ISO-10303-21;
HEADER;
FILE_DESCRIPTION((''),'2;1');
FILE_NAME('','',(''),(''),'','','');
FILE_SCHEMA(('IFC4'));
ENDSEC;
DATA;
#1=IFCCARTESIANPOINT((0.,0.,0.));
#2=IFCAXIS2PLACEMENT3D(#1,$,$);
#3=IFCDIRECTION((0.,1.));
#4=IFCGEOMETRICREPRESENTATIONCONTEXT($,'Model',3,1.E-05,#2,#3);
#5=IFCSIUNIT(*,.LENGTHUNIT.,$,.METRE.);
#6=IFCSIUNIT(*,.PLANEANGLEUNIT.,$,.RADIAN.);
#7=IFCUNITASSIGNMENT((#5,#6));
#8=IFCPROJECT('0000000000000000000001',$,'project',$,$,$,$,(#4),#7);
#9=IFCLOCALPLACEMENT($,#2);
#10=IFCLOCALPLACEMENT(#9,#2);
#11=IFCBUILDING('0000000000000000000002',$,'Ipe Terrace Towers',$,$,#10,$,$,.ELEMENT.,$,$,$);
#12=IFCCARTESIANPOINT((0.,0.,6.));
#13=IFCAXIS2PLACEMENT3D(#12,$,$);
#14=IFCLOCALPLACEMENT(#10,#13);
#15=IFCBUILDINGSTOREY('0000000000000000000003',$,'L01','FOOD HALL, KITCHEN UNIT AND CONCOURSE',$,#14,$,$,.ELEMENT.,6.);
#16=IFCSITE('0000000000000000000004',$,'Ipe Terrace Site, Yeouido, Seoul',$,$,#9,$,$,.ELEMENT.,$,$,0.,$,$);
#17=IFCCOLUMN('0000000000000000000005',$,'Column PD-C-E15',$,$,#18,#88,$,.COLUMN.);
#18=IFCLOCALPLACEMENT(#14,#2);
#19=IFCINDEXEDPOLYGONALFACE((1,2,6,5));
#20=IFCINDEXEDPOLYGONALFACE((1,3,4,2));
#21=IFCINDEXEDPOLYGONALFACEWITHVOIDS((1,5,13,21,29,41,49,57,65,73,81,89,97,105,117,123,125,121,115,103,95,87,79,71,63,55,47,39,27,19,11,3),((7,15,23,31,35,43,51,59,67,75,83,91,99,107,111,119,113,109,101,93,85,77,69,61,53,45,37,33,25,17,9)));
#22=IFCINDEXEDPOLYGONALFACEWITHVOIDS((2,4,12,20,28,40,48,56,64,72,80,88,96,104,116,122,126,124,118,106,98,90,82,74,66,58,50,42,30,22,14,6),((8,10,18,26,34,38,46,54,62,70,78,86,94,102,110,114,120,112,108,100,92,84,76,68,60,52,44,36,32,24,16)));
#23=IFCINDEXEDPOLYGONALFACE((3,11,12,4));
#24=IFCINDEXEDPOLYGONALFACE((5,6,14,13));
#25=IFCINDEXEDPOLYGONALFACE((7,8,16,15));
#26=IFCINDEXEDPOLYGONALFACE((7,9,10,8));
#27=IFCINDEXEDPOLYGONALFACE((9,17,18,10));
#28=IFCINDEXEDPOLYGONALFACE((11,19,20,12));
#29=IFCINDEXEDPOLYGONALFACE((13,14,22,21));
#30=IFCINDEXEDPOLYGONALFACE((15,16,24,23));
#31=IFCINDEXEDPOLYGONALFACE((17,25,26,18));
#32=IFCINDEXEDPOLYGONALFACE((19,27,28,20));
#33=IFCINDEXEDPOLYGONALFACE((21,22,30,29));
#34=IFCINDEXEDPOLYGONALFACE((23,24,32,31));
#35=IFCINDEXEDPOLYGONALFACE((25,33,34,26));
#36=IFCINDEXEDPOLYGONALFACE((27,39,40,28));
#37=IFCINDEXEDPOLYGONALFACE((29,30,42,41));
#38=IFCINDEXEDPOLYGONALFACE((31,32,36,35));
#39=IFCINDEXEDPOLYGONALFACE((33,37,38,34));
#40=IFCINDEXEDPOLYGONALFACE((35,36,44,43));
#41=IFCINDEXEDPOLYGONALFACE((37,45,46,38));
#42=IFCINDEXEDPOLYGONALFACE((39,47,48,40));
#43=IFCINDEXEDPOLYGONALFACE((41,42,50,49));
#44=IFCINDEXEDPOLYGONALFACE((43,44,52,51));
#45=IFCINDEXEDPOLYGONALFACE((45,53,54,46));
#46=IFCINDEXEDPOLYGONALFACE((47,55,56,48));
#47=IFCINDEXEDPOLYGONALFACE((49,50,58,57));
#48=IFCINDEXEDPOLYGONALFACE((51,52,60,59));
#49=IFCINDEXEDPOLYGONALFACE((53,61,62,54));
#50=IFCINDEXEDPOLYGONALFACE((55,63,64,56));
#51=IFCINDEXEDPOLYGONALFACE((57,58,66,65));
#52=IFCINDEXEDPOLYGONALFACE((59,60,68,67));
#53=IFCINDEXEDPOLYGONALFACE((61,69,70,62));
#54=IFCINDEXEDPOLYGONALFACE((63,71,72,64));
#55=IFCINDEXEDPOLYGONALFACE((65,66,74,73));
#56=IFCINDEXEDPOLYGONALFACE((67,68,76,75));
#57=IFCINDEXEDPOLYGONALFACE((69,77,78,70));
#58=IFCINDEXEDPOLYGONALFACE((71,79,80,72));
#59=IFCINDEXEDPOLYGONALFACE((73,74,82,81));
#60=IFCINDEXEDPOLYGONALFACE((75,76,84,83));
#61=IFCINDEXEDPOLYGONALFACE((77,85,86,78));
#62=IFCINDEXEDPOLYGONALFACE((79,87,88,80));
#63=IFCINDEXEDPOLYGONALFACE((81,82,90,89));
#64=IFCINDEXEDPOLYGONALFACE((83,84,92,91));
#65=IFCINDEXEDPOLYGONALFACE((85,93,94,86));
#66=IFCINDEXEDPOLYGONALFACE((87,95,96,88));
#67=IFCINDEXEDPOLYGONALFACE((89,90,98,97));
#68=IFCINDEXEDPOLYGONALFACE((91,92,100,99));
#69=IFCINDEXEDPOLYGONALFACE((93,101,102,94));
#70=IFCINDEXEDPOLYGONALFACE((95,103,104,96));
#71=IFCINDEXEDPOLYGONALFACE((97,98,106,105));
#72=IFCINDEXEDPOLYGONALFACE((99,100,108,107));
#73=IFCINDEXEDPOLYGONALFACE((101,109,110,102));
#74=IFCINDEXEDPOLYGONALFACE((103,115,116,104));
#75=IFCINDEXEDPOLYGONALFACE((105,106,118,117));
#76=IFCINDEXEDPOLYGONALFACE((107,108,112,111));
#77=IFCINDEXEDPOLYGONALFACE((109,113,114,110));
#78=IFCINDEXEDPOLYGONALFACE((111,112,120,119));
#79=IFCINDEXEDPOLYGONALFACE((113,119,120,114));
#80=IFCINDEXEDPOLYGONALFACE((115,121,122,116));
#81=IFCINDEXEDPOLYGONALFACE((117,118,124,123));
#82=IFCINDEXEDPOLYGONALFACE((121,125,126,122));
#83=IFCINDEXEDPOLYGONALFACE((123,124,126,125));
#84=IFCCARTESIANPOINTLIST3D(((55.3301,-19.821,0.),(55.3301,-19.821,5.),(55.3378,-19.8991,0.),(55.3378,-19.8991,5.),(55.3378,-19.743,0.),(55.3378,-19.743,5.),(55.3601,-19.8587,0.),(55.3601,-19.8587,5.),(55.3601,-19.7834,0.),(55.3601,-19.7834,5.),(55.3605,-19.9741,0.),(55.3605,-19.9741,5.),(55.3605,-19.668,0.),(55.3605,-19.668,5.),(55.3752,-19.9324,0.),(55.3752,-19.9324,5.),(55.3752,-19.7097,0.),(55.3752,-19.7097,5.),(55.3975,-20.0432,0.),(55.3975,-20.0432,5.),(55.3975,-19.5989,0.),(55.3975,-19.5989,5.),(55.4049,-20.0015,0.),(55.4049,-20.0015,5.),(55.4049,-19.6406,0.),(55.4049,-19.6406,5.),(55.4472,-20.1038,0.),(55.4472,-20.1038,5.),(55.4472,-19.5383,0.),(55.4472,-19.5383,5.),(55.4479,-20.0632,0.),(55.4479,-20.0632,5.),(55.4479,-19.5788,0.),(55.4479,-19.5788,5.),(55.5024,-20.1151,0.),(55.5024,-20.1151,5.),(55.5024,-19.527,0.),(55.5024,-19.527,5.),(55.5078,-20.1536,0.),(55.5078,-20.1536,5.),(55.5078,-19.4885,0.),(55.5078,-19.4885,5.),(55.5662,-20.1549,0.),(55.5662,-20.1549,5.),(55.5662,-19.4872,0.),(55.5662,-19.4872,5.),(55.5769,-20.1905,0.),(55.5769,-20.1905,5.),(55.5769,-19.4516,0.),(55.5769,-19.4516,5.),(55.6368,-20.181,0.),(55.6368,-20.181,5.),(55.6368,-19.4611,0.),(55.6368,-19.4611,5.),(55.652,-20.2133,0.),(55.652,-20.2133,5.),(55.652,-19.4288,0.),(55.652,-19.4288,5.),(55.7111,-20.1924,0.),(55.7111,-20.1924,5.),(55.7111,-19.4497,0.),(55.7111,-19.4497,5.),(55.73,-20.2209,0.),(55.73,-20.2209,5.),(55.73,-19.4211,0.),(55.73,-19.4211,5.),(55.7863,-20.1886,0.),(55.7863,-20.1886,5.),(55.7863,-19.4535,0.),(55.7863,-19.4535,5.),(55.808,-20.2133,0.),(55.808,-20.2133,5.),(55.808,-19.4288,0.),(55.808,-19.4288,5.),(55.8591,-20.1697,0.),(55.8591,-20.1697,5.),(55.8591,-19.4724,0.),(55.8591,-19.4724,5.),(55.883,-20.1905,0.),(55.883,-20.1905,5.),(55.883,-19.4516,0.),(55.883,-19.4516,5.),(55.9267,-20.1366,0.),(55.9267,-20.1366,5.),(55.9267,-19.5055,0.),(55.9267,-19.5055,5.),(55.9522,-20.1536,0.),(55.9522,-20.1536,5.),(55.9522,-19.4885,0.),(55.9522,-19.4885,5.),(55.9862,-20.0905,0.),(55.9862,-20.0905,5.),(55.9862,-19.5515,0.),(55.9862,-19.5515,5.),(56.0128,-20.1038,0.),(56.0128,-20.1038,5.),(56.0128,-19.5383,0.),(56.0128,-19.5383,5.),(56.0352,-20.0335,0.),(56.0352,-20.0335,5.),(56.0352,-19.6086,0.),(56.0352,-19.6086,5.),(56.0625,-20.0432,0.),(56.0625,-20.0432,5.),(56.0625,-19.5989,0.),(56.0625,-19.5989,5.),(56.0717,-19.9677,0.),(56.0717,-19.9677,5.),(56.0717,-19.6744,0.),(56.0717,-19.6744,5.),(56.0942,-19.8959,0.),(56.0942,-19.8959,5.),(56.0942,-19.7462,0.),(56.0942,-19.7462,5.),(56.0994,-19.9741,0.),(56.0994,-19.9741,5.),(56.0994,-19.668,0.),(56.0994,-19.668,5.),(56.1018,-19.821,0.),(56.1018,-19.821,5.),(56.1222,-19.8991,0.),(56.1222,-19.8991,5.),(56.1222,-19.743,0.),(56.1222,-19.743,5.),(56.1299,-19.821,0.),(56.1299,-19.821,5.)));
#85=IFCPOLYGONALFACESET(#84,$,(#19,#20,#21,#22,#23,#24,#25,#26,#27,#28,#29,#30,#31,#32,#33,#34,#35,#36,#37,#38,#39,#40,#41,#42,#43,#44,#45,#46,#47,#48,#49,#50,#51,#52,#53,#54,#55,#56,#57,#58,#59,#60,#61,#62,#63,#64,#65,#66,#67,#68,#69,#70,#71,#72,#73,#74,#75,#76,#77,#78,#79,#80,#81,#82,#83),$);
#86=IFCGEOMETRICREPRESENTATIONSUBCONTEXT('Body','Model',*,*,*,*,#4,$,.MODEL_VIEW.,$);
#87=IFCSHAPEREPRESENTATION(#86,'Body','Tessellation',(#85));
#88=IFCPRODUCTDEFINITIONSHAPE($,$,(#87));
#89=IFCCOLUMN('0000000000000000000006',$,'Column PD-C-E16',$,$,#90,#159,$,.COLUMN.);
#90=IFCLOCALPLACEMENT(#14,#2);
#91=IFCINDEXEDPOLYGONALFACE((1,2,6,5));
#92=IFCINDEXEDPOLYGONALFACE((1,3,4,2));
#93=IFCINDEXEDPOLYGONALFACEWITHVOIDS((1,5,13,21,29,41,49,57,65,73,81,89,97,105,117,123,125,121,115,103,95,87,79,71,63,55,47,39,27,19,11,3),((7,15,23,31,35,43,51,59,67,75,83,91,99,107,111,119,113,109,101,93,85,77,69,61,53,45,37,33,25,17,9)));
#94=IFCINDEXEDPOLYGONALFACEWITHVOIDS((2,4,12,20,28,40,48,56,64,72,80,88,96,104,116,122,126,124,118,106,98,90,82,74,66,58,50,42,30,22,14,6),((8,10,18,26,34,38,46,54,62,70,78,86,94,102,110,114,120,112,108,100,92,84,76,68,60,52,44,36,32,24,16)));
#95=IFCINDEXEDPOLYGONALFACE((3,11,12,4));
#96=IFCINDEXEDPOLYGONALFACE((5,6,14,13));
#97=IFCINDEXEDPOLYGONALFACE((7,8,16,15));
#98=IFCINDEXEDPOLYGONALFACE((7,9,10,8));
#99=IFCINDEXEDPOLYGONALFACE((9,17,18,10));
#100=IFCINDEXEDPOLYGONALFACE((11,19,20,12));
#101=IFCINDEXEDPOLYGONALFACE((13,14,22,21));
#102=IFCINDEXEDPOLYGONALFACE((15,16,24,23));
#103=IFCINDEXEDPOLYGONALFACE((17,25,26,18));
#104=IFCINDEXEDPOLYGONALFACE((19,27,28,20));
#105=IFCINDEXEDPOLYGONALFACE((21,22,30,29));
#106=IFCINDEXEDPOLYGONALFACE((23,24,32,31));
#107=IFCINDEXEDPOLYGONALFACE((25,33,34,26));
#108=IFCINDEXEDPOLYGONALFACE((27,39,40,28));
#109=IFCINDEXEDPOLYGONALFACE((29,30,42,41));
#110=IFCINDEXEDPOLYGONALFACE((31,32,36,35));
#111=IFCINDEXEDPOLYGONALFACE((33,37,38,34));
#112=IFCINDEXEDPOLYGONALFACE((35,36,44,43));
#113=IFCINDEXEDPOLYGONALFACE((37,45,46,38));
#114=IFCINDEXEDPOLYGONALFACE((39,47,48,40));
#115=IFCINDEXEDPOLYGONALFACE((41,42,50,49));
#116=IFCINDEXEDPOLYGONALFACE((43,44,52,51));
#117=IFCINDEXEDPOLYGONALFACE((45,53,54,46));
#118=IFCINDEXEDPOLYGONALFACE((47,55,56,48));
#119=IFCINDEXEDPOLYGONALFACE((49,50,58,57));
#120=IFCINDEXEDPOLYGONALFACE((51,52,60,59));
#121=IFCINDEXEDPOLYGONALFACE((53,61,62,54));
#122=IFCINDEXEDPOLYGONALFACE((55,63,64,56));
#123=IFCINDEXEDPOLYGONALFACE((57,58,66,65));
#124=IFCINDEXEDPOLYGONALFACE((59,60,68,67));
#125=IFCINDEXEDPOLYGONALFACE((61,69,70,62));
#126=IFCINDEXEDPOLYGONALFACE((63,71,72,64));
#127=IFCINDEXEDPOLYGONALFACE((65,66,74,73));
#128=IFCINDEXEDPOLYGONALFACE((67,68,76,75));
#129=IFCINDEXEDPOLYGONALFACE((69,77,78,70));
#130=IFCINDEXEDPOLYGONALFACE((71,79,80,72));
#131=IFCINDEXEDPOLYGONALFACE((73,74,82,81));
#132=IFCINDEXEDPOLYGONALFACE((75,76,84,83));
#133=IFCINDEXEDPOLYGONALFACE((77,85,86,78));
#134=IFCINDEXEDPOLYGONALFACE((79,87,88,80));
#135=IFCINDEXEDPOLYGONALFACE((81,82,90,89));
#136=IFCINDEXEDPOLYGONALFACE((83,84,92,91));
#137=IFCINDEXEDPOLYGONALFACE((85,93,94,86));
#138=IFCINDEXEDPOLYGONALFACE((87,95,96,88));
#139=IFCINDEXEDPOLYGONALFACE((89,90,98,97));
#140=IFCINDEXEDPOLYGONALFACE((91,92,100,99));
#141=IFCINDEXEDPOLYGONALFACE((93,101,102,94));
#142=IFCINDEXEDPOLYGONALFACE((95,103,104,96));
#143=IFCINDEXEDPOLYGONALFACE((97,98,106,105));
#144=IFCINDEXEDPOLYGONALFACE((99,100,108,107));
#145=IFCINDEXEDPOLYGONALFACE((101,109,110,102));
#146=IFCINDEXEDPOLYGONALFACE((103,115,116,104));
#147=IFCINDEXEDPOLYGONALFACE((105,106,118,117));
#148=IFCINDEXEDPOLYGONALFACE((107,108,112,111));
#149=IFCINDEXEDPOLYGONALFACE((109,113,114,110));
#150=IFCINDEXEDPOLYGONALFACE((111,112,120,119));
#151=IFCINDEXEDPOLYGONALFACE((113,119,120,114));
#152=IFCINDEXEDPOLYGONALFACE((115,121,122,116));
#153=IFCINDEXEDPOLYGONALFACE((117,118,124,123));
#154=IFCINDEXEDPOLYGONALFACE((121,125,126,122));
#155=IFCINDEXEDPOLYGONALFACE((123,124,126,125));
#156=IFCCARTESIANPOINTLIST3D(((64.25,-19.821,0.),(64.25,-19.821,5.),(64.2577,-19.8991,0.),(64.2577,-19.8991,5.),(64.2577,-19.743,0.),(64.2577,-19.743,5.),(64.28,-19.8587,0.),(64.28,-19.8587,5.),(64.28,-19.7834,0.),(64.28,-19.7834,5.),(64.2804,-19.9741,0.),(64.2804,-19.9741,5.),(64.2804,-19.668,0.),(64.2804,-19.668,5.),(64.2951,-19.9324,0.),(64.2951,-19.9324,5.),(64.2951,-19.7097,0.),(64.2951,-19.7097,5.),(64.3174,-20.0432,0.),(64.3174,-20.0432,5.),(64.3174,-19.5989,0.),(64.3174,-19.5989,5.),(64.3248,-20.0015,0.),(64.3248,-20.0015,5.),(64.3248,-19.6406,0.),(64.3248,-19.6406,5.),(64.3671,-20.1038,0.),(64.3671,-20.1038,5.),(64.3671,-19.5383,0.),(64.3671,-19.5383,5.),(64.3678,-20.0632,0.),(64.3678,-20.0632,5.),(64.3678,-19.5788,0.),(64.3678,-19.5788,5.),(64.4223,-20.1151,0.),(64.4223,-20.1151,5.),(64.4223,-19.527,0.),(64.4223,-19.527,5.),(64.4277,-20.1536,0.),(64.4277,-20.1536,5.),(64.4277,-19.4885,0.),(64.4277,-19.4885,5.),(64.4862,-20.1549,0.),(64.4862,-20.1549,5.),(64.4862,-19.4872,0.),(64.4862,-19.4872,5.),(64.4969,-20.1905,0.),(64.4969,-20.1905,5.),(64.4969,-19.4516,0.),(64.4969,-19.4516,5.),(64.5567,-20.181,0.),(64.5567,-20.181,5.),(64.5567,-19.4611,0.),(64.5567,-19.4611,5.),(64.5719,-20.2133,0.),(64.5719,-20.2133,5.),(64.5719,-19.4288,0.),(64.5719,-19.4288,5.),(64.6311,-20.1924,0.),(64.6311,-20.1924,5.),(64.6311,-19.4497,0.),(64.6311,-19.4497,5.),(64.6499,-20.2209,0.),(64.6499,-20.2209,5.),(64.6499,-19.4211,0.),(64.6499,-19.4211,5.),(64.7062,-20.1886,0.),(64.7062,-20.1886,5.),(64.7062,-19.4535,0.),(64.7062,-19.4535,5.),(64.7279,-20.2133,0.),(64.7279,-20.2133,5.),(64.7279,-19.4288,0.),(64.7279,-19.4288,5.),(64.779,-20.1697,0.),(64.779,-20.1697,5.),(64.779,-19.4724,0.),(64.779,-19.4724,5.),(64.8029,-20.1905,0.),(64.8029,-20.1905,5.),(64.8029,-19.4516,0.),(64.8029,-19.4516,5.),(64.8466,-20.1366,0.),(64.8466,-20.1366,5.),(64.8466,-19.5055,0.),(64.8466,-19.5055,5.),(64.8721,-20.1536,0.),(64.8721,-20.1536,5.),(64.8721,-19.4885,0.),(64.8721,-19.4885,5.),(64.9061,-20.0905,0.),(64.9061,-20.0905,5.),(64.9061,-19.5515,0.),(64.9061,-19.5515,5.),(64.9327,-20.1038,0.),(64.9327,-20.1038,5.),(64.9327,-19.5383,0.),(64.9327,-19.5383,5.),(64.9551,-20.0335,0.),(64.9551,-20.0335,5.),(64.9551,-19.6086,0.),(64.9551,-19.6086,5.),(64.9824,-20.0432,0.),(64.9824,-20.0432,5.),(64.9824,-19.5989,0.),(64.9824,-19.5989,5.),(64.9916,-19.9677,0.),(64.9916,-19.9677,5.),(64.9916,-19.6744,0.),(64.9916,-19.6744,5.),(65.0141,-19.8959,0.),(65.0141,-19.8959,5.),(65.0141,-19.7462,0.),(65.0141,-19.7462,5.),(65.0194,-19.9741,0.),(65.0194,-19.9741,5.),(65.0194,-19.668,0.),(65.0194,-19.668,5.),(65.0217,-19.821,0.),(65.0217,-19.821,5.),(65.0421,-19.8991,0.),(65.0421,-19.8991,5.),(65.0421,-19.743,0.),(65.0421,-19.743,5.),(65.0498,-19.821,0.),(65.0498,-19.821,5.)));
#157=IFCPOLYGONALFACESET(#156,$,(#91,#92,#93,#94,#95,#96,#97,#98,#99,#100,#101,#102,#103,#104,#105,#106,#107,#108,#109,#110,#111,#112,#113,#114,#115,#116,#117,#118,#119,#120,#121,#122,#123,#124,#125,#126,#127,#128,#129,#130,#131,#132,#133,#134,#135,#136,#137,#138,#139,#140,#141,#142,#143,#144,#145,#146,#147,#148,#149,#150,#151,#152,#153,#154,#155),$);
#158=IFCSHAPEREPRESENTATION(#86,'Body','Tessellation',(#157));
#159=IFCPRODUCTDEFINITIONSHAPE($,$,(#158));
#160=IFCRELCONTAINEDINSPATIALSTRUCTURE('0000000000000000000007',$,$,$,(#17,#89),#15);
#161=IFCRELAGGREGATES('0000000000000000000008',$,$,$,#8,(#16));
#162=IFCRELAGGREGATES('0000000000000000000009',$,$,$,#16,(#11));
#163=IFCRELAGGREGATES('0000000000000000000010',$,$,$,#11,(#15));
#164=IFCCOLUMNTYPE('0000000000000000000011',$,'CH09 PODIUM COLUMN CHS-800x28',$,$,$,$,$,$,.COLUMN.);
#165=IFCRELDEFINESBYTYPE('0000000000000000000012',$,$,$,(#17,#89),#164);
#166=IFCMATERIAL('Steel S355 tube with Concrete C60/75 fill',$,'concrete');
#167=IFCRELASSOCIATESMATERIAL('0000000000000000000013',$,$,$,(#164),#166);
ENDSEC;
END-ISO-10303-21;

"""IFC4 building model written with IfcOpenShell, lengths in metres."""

from ifc_helpers import new_model, si_unit, direction, frame, origin, origin_2d, place, context, subcontext, project, spatial, hollow_circle, extrude, material, material_profile, profile_set, type_object, element, save


model = new_model("IFC4")

# Units and contexts
model_context = context("Model", 3, precision=1e-05, world=origin(), true_north=direction((0.0, 1.0)))
body_context = subcontext(model_context, "Body", "Model", "MODEL_VIEW")
ifc_project = project(units=[si_unit("LENGTHUNIT", "METRE"), si_unit("PLANEANGLEUNIT", "RADIAN")], contexts=[model_context])

# Site, building, storey
site_placement = place(None, origin())
site = spatial("IfcSite", under=ifc_project, at=site_placement, Name="Ipe Terrace Site, Yeouido, Seoul", CompositionType="ELEMENT", RefElevation=0.0)
building_placement = place(site_placement, origin())
building = spatial("IfcBuilding", under=site, at=building_placement, Name="Ipe Terrace Towers", CompositionType="ELEMENT")
storey_placement = place(building_placement, frame((0.0, 0.0, 6.0)))
storey = spatial("IfcBuildingStorey", under=building, at=storey_placement, Name="L01", Description="FOOD HALL, KITCHEN UNIT AND CONCOURSE", CompositionType="ELEMENT", Elevation=6.0)

# Columns
ifc_material_1 = material(Name="Steel S355 tube with Concrete C60/75 fill", Category="concrete")
ifc_material_profile_1 = material_profile(ifc_material_1, hollow_circle(Radius=0.3999, WallThickness=0.0281, at=origin_2d()), Name="CHS-800x28")
ifc_profile_set_1 = profile_set([ifc_material_profile_1], Name="Steel S355 tube with Concrete C60/75 fill")
column_type_1 = type_object("IfcColumnType", Name="CH09 PODIUM COLUMN CHS-800x28", PredefinedType="COLUMN", material=ifc_profile_set_1)
for number, where, z_axis, x_axis, name in (
    (1, (55.73, -19.821, 0.0), (0.0, 0.0, 1.0), (1.0, 0.0, 0.0), "Column PD-C-E15"),
    (2, (64.6499, -19.821, 0.0), (0.0, 0.0, 1.0), (1.0, 0.0, 0.0), "Column PD-C-E16"),
):
    element("IfcColumn", number, at=place(storey_placement, frame(where, z_axis=z_axis, x_axis=x_axis)), inside=storey, type_object=column_type_1, Name=name, PredefinedType="COLUMN", context=body_context, shape_type="SweptSolid", body=[
        extrude(hollow_circle(Radius=0.3999, WallThickness=0.0281, at=origin_2d()), origin(), (0.0, 0.0, 1.0), 5.0),
    ])

save(model, "model.ifc")
